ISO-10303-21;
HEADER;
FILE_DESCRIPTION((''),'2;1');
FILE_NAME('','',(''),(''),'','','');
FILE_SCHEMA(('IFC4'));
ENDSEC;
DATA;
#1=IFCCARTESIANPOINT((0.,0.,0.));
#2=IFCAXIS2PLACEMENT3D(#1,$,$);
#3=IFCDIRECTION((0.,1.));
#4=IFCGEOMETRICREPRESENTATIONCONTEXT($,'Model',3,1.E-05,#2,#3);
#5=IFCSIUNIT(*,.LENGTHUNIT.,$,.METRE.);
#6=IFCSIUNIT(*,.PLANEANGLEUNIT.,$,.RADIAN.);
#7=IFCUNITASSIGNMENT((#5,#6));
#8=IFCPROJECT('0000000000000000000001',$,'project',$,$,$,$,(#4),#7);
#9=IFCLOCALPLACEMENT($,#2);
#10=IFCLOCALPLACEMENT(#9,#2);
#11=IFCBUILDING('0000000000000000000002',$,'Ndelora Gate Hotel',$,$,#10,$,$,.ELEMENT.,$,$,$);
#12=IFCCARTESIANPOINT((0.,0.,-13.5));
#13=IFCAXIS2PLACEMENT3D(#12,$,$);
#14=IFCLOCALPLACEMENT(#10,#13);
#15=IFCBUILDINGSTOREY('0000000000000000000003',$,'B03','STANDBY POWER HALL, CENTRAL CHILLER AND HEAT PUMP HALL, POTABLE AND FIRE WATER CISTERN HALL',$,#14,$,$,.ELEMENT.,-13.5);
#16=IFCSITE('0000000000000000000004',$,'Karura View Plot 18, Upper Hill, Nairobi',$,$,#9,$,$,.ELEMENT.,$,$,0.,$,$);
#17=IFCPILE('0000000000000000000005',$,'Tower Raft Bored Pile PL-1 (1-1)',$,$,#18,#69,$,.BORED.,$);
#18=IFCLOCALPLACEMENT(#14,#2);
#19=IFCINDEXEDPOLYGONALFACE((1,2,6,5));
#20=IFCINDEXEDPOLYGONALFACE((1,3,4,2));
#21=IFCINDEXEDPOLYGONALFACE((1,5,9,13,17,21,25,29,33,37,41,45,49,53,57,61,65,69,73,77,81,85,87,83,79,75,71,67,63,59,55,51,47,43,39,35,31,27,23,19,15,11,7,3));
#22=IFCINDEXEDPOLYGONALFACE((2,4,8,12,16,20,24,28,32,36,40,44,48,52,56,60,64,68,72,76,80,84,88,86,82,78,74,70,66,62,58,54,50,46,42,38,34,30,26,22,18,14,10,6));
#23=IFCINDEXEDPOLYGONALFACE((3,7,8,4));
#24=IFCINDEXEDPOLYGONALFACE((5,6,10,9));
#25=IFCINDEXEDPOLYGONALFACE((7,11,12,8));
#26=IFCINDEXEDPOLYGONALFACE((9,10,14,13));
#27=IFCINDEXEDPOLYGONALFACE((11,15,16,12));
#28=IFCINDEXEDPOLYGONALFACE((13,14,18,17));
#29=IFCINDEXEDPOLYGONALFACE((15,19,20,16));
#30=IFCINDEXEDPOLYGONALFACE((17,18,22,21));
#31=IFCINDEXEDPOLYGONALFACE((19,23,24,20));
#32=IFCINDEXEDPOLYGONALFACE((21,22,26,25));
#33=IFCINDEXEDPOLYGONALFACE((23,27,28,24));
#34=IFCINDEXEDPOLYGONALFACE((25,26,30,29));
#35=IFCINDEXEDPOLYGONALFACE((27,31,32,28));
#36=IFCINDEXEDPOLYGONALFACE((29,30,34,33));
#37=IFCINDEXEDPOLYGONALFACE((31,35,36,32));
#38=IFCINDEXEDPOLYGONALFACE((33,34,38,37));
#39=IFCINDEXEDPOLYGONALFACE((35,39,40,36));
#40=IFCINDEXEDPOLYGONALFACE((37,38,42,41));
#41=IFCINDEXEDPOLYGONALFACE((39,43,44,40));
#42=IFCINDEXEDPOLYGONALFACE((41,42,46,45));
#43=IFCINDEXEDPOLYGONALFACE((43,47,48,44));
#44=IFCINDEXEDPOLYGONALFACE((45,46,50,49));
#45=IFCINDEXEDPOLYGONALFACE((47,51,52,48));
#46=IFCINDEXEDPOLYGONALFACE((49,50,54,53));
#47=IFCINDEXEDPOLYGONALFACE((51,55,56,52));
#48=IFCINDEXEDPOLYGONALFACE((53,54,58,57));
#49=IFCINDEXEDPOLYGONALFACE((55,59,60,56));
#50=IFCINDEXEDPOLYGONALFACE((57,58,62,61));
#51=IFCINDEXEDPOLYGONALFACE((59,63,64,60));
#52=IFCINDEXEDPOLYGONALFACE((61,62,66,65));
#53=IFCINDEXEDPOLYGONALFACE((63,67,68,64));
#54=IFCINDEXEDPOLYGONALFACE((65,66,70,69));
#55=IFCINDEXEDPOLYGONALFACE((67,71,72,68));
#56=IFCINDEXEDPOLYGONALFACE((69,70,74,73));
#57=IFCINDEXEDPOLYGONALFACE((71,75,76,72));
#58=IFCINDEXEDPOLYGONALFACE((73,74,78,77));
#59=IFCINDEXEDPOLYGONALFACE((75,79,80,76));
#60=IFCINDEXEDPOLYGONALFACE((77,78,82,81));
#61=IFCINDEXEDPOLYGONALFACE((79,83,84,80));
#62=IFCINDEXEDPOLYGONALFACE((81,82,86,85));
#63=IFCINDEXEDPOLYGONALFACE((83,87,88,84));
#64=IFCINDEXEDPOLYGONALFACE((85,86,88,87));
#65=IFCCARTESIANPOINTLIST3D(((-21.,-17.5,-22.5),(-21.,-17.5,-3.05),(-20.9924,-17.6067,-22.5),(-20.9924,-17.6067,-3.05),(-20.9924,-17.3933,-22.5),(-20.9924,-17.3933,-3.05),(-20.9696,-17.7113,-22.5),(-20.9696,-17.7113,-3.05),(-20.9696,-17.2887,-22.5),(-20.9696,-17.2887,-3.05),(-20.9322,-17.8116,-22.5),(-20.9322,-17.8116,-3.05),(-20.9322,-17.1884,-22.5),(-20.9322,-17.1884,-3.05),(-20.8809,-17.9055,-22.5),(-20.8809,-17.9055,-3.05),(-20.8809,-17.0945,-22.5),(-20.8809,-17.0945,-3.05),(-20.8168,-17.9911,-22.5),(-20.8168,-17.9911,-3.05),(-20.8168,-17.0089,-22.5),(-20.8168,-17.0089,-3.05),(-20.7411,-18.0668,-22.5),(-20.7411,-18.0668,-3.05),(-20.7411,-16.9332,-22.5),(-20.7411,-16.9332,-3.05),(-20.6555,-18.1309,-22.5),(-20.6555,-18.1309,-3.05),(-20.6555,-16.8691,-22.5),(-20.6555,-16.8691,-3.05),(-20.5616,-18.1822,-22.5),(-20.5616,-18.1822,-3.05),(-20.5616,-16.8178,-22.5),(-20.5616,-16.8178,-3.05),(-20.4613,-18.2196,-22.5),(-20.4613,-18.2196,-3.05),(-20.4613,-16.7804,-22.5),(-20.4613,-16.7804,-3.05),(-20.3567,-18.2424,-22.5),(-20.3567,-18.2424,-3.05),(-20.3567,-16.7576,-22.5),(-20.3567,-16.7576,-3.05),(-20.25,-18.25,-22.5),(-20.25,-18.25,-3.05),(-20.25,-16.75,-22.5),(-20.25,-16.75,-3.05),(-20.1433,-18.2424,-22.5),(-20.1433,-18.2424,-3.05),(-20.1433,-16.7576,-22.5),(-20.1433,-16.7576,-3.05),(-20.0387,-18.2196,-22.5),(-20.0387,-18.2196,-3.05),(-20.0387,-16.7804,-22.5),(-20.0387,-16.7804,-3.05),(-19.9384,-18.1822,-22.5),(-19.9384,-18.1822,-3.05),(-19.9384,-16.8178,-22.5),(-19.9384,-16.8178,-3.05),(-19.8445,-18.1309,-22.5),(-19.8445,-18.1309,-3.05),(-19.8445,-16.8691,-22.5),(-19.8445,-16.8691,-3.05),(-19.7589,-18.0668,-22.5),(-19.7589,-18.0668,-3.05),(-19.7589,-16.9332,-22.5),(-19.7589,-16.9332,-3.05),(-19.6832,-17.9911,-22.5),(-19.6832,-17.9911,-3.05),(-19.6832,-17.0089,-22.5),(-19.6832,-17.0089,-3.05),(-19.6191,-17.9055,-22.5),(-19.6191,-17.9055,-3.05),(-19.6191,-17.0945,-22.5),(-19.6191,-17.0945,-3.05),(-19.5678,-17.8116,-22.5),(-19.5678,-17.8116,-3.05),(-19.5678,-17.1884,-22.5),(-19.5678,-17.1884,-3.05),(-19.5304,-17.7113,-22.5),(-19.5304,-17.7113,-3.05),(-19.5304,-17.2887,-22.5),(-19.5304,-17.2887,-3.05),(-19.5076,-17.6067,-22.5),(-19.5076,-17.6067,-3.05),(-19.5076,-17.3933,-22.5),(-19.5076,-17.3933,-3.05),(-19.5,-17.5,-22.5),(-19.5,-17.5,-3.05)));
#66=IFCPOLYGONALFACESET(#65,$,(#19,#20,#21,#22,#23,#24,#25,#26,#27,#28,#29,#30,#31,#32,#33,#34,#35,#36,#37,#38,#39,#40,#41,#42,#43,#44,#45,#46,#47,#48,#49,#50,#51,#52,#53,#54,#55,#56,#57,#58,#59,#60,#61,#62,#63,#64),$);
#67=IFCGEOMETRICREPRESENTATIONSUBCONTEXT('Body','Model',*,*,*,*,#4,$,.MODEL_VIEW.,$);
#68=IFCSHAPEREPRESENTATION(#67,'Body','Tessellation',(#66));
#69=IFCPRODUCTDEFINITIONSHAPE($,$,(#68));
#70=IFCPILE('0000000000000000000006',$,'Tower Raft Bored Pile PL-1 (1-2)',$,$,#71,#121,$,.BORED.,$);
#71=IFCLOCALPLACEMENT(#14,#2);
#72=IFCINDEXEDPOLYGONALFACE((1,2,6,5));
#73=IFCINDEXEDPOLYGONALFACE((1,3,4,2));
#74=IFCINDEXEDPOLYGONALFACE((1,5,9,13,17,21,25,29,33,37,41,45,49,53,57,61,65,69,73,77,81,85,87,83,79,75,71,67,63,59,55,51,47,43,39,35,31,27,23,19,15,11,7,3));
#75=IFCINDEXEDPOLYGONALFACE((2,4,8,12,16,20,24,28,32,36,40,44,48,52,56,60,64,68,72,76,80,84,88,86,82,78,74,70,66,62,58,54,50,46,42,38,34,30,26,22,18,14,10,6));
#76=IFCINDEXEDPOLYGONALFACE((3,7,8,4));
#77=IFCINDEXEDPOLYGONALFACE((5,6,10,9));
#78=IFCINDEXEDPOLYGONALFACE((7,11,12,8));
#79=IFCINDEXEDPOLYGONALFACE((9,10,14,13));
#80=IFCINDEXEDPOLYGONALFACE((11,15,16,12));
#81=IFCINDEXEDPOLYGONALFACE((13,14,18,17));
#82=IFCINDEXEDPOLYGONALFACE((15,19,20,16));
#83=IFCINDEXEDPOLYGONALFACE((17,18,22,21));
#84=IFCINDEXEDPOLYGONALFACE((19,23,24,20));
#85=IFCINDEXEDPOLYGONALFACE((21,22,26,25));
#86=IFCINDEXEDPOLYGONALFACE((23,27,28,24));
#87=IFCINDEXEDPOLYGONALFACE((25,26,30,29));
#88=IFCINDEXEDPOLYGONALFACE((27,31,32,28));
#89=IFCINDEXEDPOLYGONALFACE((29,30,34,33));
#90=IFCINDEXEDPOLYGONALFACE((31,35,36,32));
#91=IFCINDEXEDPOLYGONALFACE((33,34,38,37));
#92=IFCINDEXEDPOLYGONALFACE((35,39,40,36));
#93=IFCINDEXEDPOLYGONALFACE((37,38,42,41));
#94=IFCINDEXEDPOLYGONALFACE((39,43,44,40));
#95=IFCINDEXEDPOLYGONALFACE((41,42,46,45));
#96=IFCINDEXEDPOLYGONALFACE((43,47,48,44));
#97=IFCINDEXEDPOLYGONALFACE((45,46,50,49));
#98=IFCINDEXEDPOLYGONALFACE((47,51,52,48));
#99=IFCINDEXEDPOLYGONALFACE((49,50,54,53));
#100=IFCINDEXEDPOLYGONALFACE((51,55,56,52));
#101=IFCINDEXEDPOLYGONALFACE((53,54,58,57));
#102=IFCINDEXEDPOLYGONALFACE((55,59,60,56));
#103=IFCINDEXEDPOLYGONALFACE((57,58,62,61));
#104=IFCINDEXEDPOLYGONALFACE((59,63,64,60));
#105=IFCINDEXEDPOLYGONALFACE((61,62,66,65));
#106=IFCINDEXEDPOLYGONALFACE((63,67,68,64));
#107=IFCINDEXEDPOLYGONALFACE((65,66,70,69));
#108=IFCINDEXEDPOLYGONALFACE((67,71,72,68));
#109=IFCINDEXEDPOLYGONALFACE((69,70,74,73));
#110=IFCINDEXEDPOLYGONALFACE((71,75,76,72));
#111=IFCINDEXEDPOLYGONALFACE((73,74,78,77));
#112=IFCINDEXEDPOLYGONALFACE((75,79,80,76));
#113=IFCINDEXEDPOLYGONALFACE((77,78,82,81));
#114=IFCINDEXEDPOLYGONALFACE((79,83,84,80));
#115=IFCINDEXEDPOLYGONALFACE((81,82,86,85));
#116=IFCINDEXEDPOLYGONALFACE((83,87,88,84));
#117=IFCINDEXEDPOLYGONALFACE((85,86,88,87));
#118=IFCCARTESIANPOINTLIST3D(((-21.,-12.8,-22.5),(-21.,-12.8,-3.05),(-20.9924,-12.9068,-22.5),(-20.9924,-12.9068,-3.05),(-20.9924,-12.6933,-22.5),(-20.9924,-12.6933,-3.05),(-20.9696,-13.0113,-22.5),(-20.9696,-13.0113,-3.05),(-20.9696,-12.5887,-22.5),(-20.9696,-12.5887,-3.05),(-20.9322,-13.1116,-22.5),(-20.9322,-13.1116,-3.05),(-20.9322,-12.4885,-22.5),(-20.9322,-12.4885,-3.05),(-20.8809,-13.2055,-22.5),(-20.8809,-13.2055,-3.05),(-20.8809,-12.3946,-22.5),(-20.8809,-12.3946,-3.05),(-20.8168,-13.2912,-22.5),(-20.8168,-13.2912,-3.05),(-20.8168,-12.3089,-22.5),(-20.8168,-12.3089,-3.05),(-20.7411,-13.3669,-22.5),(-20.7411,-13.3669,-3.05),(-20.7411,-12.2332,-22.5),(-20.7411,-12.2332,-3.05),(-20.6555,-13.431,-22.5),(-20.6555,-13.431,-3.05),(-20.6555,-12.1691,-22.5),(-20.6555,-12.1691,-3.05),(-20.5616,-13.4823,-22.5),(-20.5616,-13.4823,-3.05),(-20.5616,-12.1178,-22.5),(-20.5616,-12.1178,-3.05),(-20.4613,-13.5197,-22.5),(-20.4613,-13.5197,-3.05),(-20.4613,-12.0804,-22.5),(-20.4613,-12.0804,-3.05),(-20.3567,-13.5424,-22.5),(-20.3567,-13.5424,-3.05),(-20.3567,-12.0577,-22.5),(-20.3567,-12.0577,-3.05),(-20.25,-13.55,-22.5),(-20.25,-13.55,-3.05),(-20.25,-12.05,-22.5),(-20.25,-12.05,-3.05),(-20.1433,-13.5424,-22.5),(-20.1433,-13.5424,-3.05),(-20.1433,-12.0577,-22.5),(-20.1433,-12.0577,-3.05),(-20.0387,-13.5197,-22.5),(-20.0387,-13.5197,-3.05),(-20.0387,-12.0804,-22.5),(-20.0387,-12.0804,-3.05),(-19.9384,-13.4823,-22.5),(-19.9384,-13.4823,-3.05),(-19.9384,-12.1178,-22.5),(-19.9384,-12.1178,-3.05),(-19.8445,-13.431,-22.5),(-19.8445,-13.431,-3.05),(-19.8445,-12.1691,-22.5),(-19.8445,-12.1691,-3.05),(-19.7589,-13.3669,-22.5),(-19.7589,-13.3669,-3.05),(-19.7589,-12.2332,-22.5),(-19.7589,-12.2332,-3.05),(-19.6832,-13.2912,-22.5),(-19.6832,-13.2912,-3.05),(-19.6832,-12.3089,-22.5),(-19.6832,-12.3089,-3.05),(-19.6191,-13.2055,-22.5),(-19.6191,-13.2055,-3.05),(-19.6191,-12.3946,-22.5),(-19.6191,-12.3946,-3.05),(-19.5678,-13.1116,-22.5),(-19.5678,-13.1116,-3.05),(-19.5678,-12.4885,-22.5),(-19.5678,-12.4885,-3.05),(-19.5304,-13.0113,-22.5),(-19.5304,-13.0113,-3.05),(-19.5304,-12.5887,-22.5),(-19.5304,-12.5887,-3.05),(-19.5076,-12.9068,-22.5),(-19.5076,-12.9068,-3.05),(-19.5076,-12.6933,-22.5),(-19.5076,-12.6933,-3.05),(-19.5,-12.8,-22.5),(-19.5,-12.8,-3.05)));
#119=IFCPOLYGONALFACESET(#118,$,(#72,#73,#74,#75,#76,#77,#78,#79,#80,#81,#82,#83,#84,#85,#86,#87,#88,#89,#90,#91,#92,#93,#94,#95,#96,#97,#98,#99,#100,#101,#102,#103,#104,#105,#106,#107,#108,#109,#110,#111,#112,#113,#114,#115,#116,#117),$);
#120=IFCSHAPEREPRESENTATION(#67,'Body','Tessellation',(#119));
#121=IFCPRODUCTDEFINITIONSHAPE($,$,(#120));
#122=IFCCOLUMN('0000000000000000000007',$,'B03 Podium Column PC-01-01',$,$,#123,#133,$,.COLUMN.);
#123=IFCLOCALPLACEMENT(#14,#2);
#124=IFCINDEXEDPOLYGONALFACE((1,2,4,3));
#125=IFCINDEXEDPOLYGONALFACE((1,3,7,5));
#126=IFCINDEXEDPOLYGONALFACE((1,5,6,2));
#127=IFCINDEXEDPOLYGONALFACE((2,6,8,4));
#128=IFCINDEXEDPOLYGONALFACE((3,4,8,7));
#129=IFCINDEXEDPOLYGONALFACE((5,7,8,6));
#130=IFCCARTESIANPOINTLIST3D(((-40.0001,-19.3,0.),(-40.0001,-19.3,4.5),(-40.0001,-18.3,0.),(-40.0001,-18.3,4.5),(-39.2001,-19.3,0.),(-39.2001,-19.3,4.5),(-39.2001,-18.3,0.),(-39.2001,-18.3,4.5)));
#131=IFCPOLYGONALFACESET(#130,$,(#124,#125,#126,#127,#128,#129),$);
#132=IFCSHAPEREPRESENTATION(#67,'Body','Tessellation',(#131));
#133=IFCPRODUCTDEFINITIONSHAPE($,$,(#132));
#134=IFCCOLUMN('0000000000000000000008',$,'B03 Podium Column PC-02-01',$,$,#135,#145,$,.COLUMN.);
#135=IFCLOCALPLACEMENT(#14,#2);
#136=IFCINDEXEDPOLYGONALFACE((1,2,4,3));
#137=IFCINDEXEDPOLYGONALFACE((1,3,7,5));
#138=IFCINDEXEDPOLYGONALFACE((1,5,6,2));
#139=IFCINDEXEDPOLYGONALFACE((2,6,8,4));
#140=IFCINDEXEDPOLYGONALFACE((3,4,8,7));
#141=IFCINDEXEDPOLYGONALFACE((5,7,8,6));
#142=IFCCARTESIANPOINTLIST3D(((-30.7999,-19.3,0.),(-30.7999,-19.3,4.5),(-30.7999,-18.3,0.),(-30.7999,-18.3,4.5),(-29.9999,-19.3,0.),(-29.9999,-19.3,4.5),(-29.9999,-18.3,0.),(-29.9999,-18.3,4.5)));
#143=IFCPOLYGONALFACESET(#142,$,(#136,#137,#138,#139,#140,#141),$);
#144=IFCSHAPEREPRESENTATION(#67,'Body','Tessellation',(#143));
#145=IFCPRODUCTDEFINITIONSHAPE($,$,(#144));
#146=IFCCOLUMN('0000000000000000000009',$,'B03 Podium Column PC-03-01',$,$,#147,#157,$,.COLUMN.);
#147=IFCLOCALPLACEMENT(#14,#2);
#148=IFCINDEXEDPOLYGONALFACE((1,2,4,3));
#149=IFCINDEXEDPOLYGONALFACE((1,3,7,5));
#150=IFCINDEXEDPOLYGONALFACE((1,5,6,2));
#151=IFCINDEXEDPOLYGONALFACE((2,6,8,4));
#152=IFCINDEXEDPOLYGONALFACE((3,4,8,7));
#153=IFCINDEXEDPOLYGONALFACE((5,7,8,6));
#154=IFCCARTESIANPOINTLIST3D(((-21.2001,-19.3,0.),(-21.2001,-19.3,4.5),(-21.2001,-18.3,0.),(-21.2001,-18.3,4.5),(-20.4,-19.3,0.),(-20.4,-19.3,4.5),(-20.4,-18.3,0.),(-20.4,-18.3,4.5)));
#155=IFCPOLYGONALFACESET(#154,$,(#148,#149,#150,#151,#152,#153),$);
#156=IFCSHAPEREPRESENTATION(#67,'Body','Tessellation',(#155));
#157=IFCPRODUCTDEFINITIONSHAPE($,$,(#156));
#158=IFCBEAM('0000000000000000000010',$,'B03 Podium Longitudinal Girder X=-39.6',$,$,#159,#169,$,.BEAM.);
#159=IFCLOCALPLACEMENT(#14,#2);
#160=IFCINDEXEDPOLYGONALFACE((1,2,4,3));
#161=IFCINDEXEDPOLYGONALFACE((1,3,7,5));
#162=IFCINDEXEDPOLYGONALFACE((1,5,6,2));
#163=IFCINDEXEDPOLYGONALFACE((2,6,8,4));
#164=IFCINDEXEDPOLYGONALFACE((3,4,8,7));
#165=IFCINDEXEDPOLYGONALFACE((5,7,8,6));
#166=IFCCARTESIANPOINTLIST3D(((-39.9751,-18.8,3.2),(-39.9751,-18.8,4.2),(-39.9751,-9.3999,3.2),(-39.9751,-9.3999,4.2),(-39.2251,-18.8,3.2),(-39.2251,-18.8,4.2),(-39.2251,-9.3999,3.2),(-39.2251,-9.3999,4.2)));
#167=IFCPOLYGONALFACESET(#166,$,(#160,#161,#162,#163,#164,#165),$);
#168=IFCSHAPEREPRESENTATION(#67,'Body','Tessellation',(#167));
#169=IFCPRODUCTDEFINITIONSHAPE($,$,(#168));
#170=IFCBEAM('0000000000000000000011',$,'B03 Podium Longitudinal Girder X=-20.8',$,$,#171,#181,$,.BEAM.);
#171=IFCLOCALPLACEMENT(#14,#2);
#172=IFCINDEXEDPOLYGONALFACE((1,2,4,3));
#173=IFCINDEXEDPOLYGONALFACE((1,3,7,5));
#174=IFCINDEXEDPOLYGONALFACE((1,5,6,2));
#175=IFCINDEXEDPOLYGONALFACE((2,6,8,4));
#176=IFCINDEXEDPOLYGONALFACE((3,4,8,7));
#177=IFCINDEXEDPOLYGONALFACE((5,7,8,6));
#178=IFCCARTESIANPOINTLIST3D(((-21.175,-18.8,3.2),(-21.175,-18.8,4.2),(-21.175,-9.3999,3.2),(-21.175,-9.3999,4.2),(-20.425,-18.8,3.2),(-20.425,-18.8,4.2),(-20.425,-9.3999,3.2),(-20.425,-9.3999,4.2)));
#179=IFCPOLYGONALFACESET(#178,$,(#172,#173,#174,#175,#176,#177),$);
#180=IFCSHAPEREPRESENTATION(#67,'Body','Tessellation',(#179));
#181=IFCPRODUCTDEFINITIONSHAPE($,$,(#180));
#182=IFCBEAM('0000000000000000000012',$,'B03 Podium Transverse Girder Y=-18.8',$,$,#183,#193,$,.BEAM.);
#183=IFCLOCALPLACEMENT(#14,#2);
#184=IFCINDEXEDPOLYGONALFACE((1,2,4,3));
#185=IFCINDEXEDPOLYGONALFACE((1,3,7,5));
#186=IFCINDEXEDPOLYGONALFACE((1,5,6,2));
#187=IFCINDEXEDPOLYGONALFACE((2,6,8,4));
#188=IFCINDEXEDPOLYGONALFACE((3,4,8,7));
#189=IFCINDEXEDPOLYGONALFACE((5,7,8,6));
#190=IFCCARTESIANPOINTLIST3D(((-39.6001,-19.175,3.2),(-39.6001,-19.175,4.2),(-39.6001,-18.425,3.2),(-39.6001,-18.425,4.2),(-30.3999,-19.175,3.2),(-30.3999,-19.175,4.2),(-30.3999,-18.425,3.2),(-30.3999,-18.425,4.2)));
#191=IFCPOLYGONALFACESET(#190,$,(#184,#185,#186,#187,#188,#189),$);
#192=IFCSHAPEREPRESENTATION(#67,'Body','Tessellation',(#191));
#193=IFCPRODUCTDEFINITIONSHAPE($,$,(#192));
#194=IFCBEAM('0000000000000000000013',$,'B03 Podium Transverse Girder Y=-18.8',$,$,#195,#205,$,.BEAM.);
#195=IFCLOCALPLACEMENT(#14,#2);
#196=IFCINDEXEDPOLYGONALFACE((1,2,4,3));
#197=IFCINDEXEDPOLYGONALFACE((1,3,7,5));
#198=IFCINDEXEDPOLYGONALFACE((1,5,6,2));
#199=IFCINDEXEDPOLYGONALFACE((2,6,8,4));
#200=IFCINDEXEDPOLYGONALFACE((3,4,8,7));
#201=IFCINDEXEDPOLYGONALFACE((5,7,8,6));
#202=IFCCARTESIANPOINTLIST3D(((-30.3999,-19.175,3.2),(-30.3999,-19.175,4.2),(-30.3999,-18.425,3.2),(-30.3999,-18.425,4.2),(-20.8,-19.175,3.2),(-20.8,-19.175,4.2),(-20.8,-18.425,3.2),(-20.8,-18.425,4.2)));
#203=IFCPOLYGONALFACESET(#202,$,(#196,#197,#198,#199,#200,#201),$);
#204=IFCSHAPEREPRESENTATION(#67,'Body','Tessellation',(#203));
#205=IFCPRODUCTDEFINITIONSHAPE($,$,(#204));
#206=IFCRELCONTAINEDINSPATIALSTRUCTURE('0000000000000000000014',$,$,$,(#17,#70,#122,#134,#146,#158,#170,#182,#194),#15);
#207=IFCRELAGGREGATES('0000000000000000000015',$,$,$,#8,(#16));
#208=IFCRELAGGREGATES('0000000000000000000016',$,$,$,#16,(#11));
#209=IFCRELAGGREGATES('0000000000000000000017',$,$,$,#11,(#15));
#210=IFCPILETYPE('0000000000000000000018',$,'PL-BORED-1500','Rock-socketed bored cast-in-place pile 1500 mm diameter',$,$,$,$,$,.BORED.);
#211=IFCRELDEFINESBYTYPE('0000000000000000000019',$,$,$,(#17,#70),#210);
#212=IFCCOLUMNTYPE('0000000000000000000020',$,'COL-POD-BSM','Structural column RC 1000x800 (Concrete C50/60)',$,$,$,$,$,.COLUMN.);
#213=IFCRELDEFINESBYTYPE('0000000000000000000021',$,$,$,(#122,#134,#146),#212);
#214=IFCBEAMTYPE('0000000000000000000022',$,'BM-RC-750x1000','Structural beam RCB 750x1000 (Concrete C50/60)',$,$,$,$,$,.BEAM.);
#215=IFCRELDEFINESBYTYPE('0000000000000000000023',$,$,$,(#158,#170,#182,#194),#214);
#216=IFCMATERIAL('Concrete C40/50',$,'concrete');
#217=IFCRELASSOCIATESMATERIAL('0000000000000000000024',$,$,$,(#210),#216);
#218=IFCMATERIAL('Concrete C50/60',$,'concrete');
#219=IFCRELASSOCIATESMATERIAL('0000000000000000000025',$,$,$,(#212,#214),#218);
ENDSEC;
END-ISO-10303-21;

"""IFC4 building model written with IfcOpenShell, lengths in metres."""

from ifc_helpers import new_model, si_unit, direction, frame, origin, origin_2d, place, context, subcontext, project, spatial, rectangle, circle, extrude, material, material_profile, profile_set, type_object, element, save


model = new_model("IFC4")

# Units and contexts
model_context = context("Model", 3, precision=1e-05, world=origin(), true_north=direction((0.0, 1.0)))
body_context = subcontext(model_context, "Body", "Model", "MODEL_VIEW")
ifc_project = project(units=[si_unit("LENGTHUNIT", "METRE"), si_unit("PLANEANGLEUNIT", "RADIAN")], contexts=[model_context])

# Site, building, storey
site_placement = place(None, origin())
site = spatial("IfcSite", under=ifc_project, at=site_placement, Name="Karura View Plot 18, Upper Hill, Nairobi", CompositionType="ELEMENT", RefElevation=0.0)
building_placement = place(site_placement, origin())
building = spatial("IfcBuilding", under=site, at=building_placement, Name="Ndelora Gate Hotel", CompositionType="ELEMENT")
storey_placement = place(building_placement, frame((0.0, 0.0, -13.5)))
storey = spatial("IfcBuildingStorey", under=building, at=storey_placement, Name="B03", Description="STANDBY POWER HALL, CENTRAL CHILLER AND HEAT PUMP HALL, POTABLE AND FIRE WATER CISTERN HALL", CompositionType="ELEMENT", Elevation=-13.5)

# Shared definitions
ifc_material_1 = material(Name="Concrete C50/60", Category="concrete")
ifc_material_2 = material(Name="Concrete C40/50", Category="concrete")

# Piles
ifc_material_profile_1 = material_profile(ifc_material_2, circle(Radius=0.75, at=origin_2d()), Name="PILE D1500")
ifc_profile_set_1 = profile_set([ifc_material_profile_1], Name="Concrete C40/50")
pile_type_1 = type_object("IfcPileType", Name="PL-BORED-1500", Description="Rock-socketed bored cast-in-place pile 1500 mm diameter", PredefinedType="BORED", material=ifc_profile_set_1)
for number, where, z_axis, x_axis, name in (
    (1, (-20.25, -17.5, -3.05), (0.0, 0.0, -1.0), (1.0, 0.0, 0.0), "Tower Raft Bored Pile PL-1 (1-1)"),
    (2, (-20.25, -12.8, -3.05), (0.0, 0.0, -1.0), (1.0, 0.0, 0.0), "Tower Raft Bored Pile PL-1 (1-2)"),
):
    element("IfcPile", number, at=place(storey_placement, frame(where, z_axis=z_axis, x_axis=x_axis)), inside=storey, type_object=pile_type_1, Name=name, PredefinedType="BORED", context=body_context, shape_type="SweptSolid", body=[
        extrude(circle(Radius=0.75, at=origin_2d()), origin(), (0.0, 0.0, 1.0), 19.45),
    ])

# Columns
ifc_material_profile_2 = material_profile(ifc_material_1, rectangle(XDim=0.8, YDim=1.0, at=origin_2d()), Name="RC 1000x800")
ifc_profile_set_2 = profile_set([ifc_material_profile_2], Name="Concrete C50/60")
column_type = type_object("IfcColumnType", Name="COL-POD-BSM", Description="Structural column RC 1000x800 (Concrete C50/60)", PredefinedType="COLUMN", material=ifc_profile_set_2)
for number, where, z_axis, x_axis, name in (
    (3, (-39.6001, -18.8, 0.0), (0.0, 0.0, 1.0), (1.0, 0.0, 0.0), "B03 Podium Column PC-01-01"),
    (4, (-30.3999, -18.8, 0.0), (0.0, 0.0, 1.0), (1.0, 0.0, 0.0), "B03 Podium Column PC-02-01"),
    (5, (-20.8, -18.8, 0.0), (0.0, 0.0, 1.0), (1.0, 0.0, 0.0), "B03 Podium Column PC-03-01"),
):
    element("IfcColumn", number, at=place(storey_placement, frame(where, z_axis=z_axis, x_axis=x_axis)), inside=storey, type_object=column_type, Name=name, PredefinedType="COLUMN", context=body_context, shape_type="SweptSolid", body=[
        extrude(rectangle(XDim=0.8, YDim=1.0, at=origin_2d()), origin(), (0.0, 0.0, 1.0), 4.5),
    ])

# Beams
ifc_material_profile_3 = material_profile(ifc_material_1, rectangle(XDim=0.75, YDim=1.0, at=origin_2d()), Name="RCB 750x1000")
ifc_profile_set_3 = profile_set([ifc_material_profile_3], Name="Concrete C50/60")
beam_type = type_object("IfcBeamType", Name="BM-RC-750x1000", Description="Structural beam RCB 750x1000 (Concrete C50/60)", PredefinedType="BEAM", material=ifc_profile_set_3)
for number, where, z_axis, x_axis, name in (
    (6, (-39.6001, -18.8, 3.7), (0.0, 1.0, 0.0), (-1.0, 0.0, 0.0), "B03 Podium Longitudinal Girder X=-39.6"),
    (7, (-20.8, -18.8, 3.7), (0.0, 1.0, 0.0), (-1.0, 0.0, 0.0), "B03 Podium Longitudinal Girder X=-20.8"),
):
    element("IfcBeam", number, at=place(storey_placement, frame(where, z_axis=z_axis, x_axis=x_axis)), inside=storey, type_object=beam_type, Name=name, PredefinedType="BEAM", context=body_context, shape_type="SweptSolid", body=[
        extrude(rectangle(XDim=0.75, YDim=1.0, at=origin_2d()), origin(), (0.0, 0.0, 1.0), 9.4001),
    ])
beam_1_placement = place(storey_placement, frame((-39.6001, -18.8, 3.7), z_axis=(1.0, 0.0, 0.0), x_axis=(0.0, 1.0, 0.0)))
element("IfcBeam", 8, at=beam_1_placement, inside=storey, type_object=beam_type, Name="B03 Podium Transverse Girder Y=-18.8", PredefinedType="BEAM", context=body_context, shape_type="SweptSolid", body=[
    extrude(rectangle(XDim=0.75, YDim=1.0, at=origin_2d()), origin(), (0.0, 0.0, 1.0), 9.2002),
])
beam_2_placement = place(storey_placement, frame((-30.3999, -18.8, 3.7), z_axis=(1.0, 0.0, 0.0), x_axis=(0.0, 1.0, 0.0)))
element("IfcBeam", 9, at=beam_2_placement, inside=storey, type_object=beam_type, Name="B03 Podium Transverse Girder Y=-18.8", PredefinedType="BEAM", context=body_context, shape_type="SweptSolid", body=[
    extrude(rectangle(XDim=0.75, YDim=1.0, at=origin_2d()), origin(), (0.0, 0.0, 1.0), 9.5999),
])

save(model, "model.ifc")
